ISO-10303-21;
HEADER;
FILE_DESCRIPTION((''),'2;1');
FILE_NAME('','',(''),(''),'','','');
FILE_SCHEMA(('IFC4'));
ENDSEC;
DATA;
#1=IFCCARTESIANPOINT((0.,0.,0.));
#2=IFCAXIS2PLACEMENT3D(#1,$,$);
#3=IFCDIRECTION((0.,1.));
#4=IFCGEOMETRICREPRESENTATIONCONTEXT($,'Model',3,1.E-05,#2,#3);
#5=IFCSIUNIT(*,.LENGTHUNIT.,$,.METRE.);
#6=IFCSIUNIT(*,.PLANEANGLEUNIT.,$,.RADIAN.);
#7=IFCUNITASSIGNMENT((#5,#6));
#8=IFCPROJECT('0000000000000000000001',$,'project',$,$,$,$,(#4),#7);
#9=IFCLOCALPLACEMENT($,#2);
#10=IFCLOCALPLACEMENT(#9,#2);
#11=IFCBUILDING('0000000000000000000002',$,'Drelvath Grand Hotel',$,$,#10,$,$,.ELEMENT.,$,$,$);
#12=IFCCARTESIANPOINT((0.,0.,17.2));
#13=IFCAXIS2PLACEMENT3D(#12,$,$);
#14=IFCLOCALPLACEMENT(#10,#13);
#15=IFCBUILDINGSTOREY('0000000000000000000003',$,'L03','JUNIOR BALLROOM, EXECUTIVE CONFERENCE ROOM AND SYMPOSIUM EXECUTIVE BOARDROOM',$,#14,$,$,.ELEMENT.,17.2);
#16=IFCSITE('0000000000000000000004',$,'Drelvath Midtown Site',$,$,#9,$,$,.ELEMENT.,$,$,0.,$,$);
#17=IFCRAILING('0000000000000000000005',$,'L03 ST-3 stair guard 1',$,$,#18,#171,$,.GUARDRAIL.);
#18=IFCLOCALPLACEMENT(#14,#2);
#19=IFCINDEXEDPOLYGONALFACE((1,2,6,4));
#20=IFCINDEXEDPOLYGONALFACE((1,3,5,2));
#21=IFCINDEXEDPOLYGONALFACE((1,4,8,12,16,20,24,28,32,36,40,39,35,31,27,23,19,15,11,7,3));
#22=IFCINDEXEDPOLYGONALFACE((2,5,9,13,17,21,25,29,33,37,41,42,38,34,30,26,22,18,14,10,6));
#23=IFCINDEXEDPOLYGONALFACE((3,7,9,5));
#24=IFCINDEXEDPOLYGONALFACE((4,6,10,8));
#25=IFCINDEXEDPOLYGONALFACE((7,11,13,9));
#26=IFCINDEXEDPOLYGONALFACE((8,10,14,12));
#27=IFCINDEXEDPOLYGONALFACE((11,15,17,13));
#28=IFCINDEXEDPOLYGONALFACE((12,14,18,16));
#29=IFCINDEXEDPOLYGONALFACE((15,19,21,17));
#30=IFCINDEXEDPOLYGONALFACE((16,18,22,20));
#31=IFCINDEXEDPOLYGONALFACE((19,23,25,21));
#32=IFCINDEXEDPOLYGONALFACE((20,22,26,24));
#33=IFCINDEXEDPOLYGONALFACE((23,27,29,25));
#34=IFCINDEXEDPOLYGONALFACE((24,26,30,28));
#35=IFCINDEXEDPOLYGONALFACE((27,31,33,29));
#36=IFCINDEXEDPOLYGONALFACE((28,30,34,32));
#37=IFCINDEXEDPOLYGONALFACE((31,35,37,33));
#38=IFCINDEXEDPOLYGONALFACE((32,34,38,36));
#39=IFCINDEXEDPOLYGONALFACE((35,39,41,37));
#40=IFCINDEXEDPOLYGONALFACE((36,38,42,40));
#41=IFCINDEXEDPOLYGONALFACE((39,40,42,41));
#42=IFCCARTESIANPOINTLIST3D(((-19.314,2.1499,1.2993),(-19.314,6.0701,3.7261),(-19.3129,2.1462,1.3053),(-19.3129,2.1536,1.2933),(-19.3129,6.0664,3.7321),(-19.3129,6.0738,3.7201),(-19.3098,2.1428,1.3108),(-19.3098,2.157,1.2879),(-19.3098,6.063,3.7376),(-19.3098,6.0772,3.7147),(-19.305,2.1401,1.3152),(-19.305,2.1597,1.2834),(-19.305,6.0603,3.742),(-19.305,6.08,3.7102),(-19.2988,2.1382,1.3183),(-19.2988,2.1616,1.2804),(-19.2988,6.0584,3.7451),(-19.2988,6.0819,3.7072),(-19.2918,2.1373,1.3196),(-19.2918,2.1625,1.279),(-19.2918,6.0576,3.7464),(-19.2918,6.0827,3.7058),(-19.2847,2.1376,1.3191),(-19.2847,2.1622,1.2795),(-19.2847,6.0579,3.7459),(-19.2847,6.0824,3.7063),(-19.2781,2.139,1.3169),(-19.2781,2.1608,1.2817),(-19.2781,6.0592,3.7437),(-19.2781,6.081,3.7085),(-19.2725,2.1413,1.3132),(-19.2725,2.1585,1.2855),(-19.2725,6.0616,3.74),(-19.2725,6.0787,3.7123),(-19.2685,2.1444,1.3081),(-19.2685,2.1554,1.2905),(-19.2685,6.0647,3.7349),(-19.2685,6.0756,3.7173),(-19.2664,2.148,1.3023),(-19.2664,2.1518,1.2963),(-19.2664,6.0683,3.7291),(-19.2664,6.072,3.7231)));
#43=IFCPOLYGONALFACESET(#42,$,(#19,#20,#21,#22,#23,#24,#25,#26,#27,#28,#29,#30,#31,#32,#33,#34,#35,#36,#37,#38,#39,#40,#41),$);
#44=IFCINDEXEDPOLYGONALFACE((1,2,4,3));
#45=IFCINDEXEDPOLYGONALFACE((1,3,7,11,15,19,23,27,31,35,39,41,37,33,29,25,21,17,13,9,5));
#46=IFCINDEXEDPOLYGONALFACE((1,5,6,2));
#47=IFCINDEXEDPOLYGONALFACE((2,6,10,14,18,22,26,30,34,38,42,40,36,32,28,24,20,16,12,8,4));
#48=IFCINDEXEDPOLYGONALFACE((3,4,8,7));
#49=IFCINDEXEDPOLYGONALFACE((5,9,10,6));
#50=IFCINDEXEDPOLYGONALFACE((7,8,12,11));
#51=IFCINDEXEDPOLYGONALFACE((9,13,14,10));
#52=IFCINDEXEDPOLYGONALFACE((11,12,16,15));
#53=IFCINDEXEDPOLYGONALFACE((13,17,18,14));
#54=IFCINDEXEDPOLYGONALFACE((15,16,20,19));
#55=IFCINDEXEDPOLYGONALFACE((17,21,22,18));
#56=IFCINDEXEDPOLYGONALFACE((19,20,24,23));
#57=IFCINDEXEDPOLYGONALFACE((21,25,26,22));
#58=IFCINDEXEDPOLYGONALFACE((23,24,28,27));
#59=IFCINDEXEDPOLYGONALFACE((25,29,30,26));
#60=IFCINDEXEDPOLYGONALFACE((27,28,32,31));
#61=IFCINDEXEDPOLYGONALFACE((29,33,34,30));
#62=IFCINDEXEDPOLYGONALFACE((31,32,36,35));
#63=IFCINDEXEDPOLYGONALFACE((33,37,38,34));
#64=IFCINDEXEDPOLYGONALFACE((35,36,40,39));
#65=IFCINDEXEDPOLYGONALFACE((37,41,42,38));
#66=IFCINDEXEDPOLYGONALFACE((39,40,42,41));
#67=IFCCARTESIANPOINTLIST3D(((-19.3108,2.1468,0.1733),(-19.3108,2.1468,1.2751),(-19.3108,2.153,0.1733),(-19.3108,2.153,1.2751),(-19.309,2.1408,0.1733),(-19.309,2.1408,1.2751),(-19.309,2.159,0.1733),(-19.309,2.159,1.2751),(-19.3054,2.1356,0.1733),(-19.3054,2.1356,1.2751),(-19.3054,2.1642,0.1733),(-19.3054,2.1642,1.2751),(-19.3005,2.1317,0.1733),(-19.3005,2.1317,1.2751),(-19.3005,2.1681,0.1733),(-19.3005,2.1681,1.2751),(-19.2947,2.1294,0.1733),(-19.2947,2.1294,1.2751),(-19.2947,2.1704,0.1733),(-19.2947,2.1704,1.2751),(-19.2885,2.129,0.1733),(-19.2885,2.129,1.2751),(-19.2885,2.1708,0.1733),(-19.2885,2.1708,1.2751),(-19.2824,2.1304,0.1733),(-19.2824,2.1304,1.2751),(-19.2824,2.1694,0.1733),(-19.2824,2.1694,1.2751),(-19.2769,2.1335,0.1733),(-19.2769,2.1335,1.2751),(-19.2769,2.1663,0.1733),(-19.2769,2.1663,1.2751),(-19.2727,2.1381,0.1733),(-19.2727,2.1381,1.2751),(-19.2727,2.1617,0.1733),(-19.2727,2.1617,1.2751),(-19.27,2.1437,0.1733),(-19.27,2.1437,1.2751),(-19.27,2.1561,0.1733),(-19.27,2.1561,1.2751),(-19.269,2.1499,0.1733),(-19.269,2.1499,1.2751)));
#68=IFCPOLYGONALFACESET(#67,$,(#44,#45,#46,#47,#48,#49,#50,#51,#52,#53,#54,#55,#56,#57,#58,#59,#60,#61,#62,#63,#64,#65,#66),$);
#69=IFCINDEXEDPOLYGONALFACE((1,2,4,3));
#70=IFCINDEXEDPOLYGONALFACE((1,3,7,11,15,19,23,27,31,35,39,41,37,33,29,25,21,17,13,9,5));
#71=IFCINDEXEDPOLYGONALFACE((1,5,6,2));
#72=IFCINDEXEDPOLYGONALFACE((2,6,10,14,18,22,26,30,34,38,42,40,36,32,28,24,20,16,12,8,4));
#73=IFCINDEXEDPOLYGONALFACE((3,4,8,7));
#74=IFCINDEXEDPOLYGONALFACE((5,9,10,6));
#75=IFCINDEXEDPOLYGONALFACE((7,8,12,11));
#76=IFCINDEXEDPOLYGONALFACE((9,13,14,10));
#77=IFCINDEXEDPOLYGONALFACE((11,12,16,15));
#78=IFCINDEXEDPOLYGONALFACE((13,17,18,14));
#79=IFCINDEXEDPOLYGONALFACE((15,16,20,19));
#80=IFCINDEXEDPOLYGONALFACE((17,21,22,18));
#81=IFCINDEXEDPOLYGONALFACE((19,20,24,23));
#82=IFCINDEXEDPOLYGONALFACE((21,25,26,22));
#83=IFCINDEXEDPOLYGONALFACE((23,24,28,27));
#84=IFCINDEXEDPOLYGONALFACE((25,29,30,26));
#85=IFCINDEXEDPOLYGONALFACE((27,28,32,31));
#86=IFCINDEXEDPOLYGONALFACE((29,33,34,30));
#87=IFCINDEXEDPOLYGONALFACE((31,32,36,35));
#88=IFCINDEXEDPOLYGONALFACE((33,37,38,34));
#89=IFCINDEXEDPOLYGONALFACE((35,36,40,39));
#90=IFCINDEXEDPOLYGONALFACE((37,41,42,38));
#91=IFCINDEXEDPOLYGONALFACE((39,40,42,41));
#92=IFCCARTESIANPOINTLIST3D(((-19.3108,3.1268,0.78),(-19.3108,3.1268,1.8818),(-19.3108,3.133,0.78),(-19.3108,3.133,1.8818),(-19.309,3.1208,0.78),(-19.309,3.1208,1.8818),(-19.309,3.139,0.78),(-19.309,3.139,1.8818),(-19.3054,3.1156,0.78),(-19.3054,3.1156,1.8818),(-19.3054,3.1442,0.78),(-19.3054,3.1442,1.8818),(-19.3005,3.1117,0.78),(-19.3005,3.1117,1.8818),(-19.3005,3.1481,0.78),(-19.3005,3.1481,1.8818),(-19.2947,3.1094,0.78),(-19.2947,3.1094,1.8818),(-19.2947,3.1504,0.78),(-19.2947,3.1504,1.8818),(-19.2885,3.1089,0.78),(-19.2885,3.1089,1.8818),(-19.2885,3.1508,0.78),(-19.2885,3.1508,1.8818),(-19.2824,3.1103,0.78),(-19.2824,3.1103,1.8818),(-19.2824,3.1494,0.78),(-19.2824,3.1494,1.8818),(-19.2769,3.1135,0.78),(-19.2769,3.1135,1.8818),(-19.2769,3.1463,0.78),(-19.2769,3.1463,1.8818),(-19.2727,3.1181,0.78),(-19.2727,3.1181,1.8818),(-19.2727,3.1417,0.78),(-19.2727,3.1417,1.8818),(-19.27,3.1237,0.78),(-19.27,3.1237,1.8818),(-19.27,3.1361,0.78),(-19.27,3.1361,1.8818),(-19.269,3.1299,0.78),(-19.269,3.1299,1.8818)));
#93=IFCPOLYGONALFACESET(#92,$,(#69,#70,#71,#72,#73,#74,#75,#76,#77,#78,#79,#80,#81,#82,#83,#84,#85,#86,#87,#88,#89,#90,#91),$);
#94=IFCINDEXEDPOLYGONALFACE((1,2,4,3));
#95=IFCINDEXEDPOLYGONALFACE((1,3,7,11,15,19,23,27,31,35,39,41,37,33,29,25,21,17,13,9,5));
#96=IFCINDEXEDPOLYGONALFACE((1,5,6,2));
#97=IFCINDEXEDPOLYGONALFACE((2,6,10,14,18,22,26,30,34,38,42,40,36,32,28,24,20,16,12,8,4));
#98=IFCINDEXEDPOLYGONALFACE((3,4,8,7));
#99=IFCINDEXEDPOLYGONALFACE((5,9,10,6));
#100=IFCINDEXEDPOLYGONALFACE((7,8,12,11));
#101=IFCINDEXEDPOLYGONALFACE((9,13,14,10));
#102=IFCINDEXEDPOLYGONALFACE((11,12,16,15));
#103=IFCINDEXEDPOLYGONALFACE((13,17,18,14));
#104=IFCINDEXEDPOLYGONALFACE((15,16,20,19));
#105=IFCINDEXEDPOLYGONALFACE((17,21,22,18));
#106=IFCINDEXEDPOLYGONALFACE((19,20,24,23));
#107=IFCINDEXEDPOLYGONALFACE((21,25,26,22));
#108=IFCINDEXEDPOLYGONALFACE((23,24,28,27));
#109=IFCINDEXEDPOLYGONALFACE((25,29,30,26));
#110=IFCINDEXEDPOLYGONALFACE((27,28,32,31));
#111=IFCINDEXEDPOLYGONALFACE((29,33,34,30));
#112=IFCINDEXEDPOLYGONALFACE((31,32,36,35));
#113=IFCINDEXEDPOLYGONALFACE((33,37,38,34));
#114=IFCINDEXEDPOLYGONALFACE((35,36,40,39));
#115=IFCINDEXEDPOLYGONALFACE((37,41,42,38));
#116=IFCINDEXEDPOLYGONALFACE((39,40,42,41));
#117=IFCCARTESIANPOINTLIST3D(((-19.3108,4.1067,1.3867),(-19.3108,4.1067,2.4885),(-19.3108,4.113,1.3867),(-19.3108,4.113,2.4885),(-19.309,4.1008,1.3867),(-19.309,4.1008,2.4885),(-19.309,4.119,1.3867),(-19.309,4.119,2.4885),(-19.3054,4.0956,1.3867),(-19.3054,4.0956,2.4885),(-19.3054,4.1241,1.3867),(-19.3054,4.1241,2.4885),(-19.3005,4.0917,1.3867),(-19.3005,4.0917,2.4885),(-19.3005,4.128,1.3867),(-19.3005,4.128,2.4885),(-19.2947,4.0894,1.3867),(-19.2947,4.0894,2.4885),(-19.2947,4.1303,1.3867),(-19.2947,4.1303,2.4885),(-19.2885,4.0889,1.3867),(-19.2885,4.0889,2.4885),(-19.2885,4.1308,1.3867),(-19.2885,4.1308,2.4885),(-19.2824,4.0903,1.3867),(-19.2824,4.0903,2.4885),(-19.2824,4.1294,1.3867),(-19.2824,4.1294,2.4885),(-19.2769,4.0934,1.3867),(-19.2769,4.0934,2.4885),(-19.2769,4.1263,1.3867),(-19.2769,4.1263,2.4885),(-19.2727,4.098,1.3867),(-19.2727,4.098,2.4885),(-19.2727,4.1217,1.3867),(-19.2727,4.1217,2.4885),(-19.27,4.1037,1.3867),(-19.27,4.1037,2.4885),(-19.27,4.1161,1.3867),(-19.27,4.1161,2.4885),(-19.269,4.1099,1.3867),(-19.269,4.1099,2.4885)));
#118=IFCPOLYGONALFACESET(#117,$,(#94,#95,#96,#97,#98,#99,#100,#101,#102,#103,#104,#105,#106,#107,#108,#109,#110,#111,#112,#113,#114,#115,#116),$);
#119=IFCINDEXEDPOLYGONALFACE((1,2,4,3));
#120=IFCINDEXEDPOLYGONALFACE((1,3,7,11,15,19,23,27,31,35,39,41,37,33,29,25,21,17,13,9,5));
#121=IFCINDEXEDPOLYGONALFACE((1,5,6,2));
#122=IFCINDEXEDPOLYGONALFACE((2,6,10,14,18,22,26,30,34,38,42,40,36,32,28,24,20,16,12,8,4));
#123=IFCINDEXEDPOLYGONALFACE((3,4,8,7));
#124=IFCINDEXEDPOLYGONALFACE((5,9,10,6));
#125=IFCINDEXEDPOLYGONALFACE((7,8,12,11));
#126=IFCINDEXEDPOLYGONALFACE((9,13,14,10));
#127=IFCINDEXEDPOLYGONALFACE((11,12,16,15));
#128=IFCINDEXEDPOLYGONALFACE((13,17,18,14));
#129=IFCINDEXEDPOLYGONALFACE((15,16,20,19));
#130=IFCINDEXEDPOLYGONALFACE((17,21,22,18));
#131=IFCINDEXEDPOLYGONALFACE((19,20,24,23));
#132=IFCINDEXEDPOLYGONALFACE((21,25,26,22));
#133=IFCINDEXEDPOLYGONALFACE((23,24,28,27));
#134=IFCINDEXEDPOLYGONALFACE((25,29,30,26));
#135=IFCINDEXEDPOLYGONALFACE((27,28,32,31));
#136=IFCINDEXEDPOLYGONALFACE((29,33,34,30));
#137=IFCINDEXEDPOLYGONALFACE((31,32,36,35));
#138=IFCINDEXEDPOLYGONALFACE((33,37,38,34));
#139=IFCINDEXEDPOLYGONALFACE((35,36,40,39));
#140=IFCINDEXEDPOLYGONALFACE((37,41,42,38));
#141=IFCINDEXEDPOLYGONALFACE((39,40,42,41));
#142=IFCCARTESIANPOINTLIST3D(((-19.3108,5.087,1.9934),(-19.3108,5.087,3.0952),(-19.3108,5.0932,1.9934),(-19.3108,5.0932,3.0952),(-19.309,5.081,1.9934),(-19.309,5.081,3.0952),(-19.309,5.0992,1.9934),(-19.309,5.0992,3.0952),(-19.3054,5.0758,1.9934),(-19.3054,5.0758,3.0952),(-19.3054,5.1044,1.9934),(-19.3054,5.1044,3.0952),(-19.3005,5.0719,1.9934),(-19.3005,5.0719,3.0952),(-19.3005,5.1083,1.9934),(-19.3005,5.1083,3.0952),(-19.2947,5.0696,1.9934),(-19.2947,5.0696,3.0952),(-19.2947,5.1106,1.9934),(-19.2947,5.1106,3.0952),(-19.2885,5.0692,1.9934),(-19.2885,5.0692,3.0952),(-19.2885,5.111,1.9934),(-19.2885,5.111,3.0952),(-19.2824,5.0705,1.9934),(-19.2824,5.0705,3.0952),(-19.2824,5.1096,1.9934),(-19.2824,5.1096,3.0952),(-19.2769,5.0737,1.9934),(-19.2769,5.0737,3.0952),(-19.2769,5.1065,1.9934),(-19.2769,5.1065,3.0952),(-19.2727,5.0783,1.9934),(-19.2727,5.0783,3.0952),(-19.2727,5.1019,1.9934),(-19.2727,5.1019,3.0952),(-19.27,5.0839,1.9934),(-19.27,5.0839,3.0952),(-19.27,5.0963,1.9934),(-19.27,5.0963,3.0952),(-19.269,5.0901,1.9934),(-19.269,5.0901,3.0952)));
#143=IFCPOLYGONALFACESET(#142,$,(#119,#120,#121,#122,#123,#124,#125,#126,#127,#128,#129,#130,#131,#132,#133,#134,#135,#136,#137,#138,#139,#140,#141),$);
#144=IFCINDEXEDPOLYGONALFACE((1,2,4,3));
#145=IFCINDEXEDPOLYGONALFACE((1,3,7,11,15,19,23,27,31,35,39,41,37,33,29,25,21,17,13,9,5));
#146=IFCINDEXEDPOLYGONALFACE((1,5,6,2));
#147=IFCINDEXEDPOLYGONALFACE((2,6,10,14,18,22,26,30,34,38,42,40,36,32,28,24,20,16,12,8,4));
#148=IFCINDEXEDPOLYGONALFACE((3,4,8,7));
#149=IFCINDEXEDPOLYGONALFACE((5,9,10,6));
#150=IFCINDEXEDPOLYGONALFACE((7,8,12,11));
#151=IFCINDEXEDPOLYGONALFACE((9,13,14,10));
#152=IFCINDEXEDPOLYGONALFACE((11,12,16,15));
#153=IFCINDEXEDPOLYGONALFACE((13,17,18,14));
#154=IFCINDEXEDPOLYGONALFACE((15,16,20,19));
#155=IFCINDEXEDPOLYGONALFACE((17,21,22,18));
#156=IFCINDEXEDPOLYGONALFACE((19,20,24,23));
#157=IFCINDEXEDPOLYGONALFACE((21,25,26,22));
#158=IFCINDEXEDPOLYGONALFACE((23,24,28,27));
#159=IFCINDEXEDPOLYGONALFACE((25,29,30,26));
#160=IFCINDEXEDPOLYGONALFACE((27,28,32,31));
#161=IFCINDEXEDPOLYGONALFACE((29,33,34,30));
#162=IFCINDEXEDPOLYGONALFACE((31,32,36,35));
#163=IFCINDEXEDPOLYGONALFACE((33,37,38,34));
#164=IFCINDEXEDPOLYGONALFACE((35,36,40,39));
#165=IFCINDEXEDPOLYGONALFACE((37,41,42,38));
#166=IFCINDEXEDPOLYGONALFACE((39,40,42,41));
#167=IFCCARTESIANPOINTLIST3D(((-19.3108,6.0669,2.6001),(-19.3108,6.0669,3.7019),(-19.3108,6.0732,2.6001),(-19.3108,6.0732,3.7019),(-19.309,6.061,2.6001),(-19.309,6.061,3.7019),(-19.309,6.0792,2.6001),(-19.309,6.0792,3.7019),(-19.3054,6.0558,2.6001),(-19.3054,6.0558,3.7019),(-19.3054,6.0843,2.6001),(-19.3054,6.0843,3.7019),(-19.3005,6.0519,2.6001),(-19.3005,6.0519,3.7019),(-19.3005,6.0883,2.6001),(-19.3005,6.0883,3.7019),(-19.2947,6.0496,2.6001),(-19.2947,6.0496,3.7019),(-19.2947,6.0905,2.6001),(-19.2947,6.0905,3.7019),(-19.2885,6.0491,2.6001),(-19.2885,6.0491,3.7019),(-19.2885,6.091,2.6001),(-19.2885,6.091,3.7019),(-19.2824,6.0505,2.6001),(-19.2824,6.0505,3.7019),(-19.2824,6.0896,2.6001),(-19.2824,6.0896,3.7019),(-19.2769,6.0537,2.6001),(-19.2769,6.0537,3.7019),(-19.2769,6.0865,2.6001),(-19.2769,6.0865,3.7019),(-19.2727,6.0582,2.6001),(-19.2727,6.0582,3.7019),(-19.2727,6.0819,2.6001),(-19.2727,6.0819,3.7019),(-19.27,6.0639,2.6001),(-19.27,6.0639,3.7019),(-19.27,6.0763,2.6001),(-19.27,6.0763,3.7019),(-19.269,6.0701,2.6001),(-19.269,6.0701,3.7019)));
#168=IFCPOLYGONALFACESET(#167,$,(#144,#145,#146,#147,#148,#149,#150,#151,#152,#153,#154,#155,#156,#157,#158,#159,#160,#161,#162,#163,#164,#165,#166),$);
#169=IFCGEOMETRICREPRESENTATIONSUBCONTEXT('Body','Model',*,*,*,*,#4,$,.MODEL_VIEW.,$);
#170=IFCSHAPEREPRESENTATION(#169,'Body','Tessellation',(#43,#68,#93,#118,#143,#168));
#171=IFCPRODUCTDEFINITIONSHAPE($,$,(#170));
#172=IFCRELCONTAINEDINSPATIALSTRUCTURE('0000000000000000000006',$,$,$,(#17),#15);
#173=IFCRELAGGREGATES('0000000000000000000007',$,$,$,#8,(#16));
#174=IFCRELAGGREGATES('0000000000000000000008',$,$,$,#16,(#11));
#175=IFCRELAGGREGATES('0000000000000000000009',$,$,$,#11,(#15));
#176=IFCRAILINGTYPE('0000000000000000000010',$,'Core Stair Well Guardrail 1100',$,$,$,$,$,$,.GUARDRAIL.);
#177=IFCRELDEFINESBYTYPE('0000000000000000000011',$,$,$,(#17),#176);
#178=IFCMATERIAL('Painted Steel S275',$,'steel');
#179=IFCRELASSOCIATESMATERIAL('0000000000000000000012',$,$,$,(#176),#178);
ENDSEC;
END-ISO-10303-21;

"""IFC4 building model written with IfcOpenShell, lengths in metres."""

from ifc_helpers import new_model, si_unit, direction, frame, origin, origin_2d, place, context, subcontext, project, spatial, circle, extrude, material, type_object, element, save


model = new_model("IFC4")

# Units and contexts
model_context = context("Model", 3, precision=1e-05, world=origin(), true_north=direction((0.0, 1.0)))
body_context = subcontext(model_context, "Body", "Model", "MODEL_VIEW")
ifc_project = project(units=[si_unit("LENGTHUNIT", "METRE"), si_unit("PLANEANGLEUNIT", "RADIAN")], contexts=[model_context])

# Site, building, storey
site_placement = place(None, origin())
site = spatial("IfcSite", under=ifc_project, at=site_placement, Name="Drelvath Midtown Site", CompositionType="ELEMENT", RefElevation=0.0)
building_placement = place(site_placement, origin())
building = spatial("IfcBuilding", under=site, at=building_placement, Name="Drelvath Grand Hotel", CompositionType="ELEMENT")
storey_placement = place(building_placement, frame((0.0, 0.0, 17.2)))
storey = spatial("IfcBuildingStorey", under=building, at=storey_placement, Name="L03", Description="JUNIOR BALLROOM, EXECUTIVE CONFERENCE ROOM AND SYMPOSIUM EXECUTIVE BOARDROOM", CompositionType="ELEMENT", Elevation=17.2)

# Shared definitions
ifc_material_1 = material(Name="Painted Steel S275", Category="steel")

# Railing
railing_type_1 = type_object("IfcRailingType", Name="Core Stair Well Guardrail 1100", PredefinedType="GUARDRAIL", material=ifc_material_1)
railing_1_placement = place(storey_placement, frame((-19.29, 2.1499, 0.1733)))
element("IfcRailing", 1, at=railing_1_placement, inside=storey, type_object=railing_type_1, Name="L03 ST-3 stair guard 1", PredefinedType="GUARDRAIL", context=body_context, shape_type="SweptSolid", body=[
    extrude(circle(Radius=0.0239, at=origin_2d()), frame((0.0, 0.0, 1.126), z_axis=(0.0, 0.850266, 0.526353), x_axis=(-1.0, 0.0, 0.0)), (0.0, 0.0, 1.0), 4.6106),
    extrude(circle(Radius=0.021, at=origin_2d()), origin(), (0.0, 0.0, 1.0), 1.1018),
    extrude(circle(Radius=0.021, at=origin_2d()), frame((0.0, 0.98, 0.6067)), (0.0, 0.0, 1.0), 1.1018),
    extrude(circle(Radius=0.021, at=origin_2d()), frame((0.0, 1.96, 1.2134)), (0.0, 0.0, 1.0), 1.1018),
    extrude(circle(Radius=0.021, at=origin_2d()), frame((0.0, 2.9402, 1.8201)), (0.0, 0.0, 1.0), 1.1018),
    extrude(circle(Radius=0.021, at=origin_2d()), frame((0.0, 3.9202, 2.4268)), (0.0, 0.0, 1.0), 1.1018),
])

save(model, "model.ifc")
